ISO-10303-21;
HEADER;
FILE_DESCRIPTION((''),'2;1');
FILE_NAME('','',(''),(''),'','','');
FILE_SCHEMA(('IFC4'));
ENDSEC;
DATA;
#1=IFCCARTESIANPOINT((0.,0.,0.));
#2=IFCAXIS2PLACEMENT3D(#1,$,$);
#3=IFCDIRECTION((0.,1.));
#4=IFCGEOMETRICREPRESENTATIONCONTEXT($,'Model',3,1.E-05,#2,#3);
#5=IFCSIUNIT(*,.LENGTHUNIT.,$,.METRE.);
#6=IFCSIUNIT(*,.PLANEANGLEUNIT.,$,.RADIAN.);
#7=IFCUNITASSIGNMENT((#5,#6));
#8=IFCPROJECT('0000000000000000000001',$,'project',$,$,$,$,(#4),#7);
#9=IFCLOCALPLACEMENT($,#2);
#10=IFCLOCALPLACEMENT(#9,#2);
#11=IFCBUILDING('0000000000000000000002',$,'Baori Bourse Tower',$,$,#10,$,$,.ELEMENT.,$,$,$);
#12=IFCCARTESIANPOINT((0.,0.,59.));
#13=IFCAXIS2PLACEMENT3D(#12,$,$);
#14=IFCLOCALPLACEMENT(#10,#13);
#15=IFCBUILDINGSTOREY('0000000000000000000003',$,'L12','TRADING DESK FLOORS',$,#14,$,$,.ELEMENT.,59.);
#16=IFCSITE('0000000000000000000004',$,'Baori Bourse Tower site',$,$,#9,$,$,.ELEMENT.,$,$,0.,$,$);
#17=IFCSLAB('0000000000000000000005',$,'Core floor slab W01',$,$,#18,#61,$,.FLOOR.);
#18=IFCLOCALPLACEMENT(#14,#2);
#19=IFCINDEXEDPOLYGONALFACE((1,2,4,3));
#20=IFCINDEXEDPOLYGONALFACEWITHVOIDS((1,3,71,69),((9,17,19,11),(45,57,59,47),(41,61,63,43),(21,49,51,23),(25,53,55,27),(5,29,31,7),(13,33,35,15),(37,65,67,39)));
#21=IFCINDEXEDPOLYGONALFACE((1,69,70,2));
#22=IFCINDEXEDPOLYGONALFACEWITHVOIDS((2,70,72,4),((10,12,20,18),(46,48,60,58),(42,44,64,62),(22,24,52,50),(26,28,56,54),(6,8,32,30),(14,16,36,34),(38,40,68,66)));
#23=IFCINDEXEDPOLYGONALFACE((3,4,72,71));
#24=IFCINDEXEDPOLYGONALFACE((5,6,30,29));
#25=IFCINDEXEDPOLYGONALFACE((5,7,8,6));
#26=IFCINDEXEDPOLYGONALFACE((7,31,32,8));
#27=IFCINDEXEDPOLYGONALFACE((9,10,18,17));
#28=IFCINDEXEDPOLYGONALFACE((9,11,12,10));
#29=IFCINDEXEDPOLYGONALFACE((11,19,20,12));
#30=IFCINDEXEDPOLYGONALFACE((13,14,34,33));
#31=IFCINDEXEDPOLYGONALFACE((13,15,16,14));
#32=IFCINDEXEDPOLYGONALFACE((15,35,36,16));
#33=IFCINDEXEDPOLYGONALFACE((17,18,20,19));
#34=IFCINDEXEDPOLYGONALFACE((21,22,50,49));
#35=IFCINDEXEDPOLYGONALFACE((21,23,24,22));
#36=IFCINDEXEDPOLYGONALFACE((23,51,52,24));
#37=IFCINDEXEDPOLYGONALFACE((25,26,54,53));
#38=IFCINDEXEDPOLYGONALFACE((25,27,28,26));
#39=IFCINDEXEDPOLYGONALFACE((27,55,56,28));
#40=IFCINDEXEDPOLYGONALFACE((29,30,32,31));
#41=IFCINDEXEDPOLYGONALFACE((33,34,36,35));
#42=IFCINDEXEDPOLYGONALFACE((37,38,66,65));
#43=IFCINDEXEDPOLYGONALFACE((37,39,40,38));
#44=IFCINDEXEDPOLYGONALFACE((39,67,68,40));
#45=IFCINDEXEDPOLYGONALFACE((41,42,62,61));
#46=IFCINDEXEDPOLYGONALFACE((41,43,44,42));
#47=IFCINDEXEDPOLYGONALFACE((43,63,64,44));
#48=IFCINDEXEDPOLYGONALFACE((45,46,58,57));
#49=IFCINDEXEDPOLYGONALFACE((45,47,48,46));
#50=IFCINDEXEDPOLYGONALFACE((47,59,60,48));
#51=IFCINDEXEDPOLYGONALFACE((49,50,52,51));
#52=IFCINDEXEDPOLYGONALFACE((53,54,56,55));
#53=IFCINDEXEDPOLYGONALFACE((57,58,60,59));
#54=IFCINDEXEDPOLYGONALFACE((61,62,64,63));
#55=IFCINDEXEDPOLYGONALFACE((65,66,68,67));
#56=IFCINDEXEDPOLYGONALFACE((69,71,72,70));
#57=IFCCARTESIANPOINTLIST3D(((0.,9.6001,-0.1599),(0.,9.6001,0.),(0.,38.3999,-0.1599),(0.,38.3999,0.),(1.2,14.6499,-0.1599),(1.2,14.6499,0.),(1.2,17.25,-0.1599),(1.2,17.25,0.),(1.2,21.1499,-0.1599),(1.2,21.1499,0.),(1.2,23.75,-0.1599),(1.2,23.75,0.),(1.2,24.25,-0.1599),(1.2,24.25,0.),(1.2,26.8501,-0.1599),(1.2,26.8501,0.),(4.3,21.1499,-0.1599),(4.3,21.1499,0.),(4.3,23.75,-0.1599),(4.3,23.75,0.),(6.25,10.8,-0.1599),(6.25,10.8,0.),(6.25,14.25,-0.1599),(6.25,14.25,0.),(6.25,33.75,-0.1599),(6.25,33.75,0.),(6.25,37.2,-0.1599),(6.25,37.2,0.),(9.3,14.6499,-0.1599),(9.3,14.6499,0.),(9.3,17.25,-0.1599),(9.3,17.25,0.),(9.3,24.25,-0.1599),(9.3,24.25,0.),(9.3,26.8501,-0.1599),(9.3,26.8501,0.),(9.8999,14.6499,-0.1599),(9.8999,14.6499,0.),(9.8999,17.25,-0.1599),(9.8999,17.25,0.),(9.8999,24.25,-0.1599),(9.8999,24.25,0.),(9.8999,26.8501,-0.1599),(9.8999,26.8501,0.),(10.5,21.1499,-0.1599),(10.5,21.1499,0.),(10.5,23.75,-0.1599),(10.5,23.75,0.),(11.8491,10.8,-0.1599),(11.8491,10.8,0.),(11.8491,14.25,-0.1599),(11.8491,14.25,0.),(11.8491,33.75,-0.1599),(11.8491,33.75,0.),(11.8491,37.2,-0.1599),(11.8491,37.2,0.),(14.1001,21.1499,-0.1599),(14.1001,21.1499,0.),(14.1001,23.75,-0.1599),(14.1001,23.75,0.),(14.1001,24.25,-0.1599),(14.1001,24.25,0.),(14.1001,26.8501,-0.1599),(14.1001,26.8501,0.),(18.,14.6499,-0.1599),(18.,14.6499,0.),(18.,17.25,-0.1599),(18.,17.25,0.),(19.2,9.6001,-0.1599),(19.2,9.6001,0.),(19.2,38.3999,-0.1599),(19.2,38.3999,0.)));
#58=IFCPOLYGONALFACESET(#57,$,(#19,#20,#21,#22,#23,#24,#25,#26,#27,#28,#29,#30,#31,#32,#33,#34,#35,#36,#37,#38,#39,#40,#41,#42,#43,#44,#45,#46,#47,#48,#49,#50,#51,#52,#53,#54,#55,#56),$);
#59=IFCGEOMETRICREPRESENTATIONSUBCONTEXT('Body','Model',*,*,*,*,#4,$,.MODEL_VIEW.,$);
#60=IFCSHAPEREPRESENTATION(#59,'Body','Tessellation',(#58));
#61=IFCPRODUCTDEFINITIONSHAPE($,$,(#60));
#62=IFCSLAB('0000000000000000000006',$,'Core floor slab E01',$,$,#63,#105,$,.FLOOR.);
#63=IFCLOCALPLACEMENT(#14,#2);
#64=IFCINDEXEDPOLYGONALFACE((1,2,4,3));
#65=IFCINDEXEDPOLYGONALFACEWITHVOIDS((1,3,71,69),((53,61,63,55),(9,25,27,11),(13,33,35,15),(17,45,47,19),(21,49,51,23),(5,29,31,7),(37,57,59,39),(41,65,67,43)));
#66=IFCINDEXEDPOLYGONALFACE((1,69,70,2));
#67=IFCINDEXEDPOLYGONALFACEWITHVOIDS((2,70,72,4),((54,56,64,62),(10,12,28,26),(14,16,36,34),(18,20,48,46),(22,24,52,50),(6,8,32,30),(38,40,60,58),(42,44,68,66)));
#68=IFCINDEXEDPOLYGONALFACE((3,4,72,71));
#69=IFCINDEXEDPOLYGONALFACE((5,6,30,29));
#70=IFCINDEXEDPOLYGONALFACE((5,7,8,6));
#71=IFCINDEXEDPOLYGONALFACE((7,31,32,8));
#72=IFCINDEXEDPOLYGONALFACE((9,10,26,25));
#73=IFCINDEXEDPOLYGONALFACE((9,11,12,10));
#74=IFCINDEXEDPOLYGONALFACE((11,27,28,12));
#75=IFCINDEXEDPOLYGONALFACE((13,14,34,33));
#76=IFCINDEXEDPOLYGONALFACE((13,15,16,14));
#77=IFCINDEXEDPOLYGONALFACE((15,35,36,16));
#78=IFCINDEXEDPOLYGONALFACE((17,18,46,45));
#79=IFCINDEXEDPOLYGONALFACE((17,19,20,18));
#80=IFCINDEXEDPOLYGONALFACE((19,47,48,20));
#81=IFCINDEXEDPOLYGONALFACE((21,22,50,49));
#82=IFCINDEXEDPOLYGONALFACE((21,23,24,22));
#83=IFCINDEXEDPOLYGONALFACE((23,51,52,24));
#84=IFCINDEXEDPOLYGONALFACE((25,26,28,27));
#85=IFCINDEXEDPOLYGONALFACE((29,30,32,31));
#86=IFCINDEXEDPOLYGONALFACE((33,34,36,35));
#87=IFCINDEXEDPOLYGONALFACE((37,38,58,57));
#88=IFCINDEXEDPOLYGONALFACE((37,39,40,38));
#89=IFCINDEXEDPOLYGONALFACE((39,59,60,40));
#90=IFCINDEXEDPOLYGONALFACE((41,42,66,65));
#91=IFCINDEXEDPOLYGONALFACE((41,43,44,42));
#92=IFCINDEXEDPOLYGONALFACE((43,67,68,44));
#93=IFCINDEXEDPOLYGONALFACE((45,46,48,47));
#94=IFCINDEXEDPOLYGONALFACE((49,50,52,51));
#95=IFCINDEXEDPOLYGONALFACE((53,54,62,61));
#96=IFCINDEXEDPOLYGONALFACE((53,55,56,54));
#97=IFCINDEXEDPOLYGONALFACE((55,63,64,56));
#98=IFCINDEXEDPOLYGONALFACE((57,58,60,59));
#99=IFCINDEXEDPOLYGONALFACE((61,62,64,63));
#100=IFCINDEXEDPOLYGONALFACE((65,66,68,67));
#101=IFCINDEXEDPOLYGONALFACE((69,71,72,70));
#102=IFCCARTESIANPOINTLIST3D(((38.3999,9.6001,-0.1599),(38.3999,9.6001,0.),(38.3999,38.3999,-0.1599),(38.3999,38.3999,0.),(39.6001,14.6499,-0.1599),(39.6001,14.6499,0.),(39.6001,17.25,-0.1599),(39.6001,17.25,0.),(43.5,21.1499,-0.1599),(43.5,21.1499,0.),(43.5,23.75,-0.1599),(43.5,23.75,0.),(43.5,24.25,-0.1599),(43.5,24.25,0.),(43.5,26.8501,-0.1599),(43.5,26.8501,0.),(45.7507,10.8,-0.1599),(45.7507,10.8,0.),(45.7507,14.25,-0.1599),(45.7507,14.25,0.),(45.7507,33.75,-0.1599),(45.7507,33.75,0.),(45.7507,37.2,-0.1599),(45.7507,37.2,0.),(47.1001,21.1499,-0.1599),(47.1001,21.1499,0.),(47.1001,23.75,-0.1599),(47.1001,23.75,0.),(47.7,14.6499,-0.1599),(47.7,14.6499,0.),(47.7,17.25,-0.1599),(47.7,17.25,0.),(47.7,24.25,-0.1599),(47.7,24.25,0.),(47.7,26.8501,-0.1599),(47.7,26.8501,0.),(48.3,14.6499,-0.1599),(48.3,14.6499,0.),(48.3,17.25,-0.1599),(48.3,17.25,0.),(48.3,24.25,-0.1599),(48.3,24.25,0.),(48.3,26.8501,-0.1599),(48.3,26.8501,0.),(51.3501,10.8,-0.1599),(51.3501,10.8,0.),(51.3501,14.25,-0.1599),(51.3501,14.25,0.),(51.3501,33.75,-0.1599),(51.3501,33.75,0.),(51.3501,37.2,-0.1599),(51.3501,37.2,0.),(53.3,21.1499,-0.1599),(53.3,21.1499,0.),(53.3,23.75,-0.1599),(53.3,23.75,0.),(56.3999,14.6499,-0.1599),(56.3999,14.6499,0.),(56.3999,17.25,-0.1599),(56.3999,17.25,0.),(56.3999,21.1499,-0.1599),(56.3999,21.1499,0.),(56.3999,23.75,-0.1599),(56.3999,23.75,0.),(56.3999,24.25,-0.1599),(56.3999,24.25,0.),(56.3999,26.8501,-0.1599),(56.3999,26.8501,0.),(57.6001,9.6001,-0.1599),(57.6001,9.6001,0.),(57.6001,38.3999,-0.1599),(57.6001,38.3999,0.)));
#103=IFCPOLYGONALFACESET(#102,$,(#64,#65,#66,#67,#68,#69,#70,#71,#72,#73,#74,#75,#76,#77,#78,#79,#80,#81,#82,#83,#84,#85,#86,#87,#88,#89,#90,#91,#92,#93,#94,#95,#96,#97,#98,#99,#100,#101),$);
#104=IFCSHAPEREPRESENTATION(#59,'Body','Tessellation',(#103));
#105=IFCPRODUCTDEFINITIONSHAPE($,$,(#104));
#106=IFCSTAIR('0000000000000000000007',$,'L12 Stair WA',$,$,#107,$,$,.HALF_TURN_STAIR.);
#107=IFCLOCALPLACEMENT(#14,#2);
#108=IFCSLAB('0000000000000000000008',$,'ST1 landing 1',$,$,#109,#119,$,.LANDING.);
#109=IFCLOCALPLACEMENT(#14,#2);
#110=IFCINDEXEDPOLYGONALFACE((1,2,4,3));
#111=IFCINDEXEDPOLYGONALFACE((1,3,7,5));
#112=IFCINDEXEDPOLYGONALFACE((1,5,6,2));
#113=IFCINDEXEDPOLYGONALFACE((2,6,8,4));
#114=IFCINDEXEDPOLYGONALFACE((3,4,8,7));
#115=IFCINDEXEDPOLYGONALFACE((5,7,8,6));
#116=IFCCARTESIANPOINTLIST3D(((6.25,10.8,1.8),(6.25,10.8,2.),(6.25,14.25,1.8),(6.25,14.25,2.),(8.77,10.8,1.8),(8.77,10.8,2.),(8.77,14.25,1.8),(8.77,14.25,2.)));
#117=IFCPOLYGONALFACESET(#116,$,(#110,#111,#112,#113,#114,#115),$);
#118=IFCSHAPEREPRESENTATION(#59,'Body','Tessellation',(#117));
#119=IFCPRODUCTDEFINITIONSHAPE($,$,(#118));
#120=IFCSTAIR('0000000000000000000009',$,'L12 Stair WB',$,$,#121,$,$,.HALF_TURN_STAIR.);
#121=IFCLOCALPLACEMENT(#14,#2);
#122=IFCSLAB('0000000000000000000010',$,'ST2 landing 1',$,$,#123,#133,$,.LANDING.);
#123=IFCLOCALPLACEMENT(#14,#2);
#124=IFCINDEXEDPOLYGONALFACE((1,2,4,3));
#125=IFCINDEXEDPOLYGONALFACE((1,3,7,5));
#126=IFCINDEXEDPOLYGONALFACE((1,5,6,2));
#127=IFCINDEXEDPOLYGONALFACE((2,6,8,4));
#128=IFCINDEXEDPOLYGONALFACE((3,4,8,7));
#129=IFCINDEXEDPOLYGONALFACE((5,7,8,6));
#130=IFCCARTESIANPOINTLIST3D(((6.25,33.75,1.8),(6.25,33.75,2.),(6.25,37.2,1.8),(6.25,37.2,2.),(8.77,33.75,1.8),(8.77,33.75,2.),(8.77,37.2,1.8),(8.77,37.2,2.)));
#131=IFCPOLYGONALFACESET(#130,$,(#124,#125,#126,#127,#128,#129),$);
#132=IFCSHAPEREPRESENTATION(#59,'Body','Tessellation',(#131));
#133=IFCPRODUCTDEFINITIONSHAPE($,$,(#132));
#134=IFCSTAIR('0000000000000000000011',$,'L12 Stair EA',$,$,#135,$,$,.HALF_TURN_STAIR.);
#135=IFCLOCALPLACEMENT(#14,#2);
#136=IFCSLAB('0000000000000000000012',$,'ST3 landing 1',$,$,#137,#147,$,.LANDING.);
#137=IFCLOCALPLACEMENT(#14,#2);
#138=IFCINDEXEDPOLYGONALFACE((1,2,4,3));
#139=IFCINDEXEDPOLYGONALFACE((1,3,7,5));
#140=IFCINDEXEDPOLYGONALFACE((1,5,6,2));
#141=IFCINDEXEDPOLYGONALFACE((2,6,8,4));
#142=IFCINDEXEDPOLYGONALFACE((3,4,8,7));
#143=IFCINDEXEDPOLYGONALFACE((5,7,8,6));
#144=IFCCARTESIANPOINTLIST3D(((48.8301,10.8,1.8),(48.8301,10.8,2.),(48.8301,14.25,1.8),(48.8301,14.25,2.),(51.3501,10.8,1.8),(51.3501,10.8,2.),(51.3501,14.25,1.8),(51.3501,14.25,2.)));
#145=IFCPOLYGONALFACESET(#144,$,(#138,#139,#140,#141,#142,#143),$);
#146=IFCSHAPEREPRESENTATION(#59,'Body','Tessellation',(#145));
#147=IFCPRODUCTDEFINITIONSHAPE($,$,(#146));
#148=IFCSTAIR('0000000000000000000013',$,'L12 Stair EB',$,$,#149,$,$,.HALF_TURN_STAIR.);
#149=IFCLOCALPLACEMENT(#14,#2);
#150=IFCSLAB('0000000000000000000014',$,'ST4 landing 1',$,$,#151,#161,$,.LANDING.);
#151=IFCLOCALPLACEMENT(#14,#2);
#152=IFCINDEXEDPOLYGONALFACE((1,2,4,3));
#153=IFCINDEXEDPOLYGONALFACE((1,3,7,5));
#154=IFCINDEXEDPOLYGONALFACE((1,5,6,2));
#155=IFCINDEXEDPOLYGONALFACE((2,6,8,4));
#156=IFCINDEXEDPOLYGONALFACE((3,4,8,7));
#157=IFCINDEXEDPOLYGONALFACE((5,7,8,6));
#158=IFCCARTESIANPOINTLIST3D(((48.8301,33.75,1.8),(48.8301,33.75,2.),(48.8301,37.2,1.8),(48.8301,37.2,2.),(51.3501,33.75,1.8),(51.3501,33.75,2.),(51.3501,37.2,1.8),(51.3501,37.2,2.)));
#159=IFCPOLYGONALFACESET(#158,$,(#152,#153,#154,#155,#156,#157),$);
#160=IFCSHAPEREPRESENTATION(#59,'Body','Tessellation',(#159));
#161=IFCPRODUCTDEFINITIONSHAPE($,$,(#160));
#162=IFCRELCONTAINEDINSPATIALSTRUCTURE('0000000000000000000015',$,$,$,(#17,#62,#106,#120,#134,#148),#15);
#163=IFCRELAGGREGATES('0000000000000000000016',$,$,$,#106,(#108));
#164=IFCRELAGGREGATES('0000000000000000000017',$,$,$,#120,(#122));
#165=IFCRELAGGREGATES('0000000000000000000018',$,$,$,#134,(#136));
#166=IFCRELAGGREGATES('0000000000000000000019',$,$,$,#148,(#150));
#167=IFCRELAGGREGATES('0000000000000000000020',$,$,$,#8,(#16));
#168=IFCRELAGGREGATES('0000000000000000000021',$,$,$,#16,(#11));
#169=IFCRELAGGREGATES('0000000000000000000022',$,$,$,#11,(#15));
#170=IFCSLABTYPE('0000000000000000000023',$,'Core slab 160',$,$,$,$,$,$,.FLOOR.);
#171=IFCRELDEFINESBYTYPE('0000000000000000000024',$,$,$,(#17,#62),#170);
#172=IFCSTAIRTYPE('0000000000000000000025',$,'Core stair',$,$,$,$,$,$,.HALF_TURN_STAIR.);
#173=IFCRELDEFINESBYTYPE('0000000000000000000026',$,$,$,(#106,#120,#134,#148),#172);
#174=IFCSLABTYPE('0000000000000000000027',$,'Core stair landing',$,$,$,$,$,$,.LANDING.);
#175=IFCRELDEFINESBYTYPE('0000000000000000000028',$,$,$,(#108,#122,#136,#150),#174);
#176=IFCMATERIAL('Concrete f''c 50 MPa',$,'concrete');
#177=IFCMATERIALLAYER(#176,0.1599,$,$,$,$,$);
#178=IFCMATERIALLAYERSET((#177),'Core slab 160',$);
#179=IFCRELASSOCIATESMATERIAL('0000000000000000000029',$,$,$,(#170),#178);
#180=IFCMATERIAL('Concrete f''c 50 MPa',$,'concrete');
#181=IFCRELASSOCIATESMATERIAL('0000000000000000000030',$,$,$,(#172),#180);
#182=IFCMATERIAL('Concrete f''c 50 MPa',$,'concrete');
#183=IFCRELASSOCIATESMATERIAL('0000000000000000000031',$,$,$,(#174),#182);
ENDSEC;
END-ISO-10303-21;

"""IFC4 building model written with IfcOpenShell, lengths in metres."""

from ifc_helpers import new_model, si_unit, direction, frame, origin, place, context, subcontext, project, spatial, polyline, outline, extrude, material, layer, layer_set, type_object, element, aggregate, save


model = new_model("IFC4")

# Units and contexts
model_context = context("Model", 3, precision=1e-05, world=origin(), true_north=direction((0.0, 1.0)))
body_context = subcontext(model_context, "Body", "Model", "MODEL_VIEW")
ifc_project = project(units=[si_unit("LENGTHUNIT", "METRE"), si_unit("PLANEANGLEUNIT", "RADIAN")], contexts=[model_context])

# Site, building, storey
site_placement = place(None, origin())
site = spatial("IfcSite", under=ifc_project, at=site_placement, Name="Baori Bourse Tower site", CompositionType="ELEMENT", RefElevation=0.0)
building_placement = place(site_placement, origin())
building = spatial("IfcBuilding", under=site, at=building_placement, Name="Baori Bourse Tower", CompositionType="ELEMENT")
storey_placement = place(building_placement, frame((0.0, 0.0, 59.0)))
storey = spatial("IfcBuildingStorey", under=building, at=storey_placement, Name="L12", Description="TRADING DESK FLOORS", CompositionType="ELEMENT", Elevation=59.0)

# Slabs
ifc_material_1 = material(Name="Concrete f'c 50 MPa", Category="concrete")
ifc_layer_1 = layer(ifc_material_1, 0.1599)
ifc_layer_set_1 = layer_set([ifc_layer_1], Name="Core slab 160")
slab_type_1 = type_object("IfcSlabType", Name="Core slab 160", PredefinedType="FLOOR", material=ifc_layer_set_1)
slab_1_placement = place(storey_placement, frame((0.0, 0.0, -0.1599)))
element("IfcSlab", 1, at=slab_1_placement, inside=storey, type_object=slab_type_1, Name="Core floor slab W01", PredefinedType="FLOOR", context=body_context, shape_type="SweptSolid", body=[
    extrude(outline(polyline([(19.2, 9.6001), (19.2, 38.3999), (0.0, 38.3999), (0.0, 9.6001), (19.2, 9.6001)]), holes=[polyline([(9.8999, 14.6499), (9.8999, 17.25), (18.0, 17.25), (18.0, 14.6499), (9.8999, 14.6499)]), polyline([(10.5, 21.1499), (10.5, 23.75), (14.1001, 23.75), (14.1001, 21.1499), (10.5, 21.1499)]), polyline([(14.1001, 24.25), (9.8999, 24.25), (9.8999, 26.8501), (14.1001, 26.8501), (14.1001, 24.25)]), polyline([(6.25, 14.25), (11.8491, 14.25), (11.8491, 10.8), (6.25, 10.8), (6.25, 14.25)]), polyline([(11.8491, 37.2), (11.8491, 33.75), (6.25, 33.75), (6.25, 37.2), (11.8491, 37.2)]), polyline([(1.2, 26.8501), (9.3, 26.8501), (9.3, 24.25), (1.2, 24.25), (1.2, 26.8501)]), polyline([(9.3, 14.6499), (1.2, 14.6499), (1.2, 17.25), (9.3, 17.25), (9.3, 14.6499)]), polyline([(4.3, 23.75), (4.3, 21.1499), (1.2, 21.1499), (1.2, 23.75), (4.3, 23.75)])]), origin(), (0.0, 0.0, 1.0), 0.1599),
])
slab_2_placement = place(storey_placement, frame((0.0, 0.0, -0.1599)))
element("IfcSlab", 2, at=slab_2_placement, inside=storey, type_object=slab_type_1, Name="Core floor slab E01", PredefinedType="FLOOR", context=body_context, shape_type="SweptSolid", body=[
    extrude(outline(polyline([(38.3999, 9.6001), (57.6001, 9.6001), (57.6001, 38.3999), (38.3999, 38.3999), (38.3999, 9.6001)]), holes=[polyline([(48.3, 14.6499), (48.3, 17.25), (56.3999, 17.25), (56.3999, 14.6499), (48.3, 14.6499)]), polyline([(56.3999, 21.1499), (53.3, 21.1499), (53.3, 23.75), (56.3999, 23.75), (56.3999, 21.1499)]), polyline([(56.3999, 26.8501), (56.3999, 24.25), (48.3, 24.25), (48.3, 26.8501), (56.3999, 26.8501)]), polyline([(45.7507, 14.25), (51.3501, 14.25), (51.3501, 10.8), (45.7507, 10.8), (45.7507, 14.25)]), polyline([(51.3501, 37.2), (51.3501, 33.75), (45.7507, 33.75), (45.7507, 37.2), (51.3501, 37.2)]), polyline([(39.6001, 17.25), (47.7, 17.25), (47.7, 14.6499), (39.6001, 14.6499), (39.6001, 17.25)]), polyline([(43.5, 24.25), (43.5, 26.8501), (47.7, 26.8501), (47.7, 24.25), (43.5, 24.25)]), polyline([(43.5, 23.75), (47.1001, 23.75), (47.1001, 21.1499), (43.5, 21.1499), (43.5, 23.75)])]), origin(), (0.0, 0.0, 1.0), 0.1599),
])

# Stairs, slabs
ifc_material_2 = material(Name="Concrete f'c 50 MPa", Category="concrete")
stair_type = type_object("IfcStairType", Name="Core stair", PredefinedType="HALF_TURN_STAIR", material=ifc_material_2)
stair_1_placement = place(storey_placement, origin())
stair_1 = element("IfcStair", 3, at=stair_1_placement, inside=storey, type_object=stair_type, Name="L12 Stair WA", PredefinedType="HALF_TURN_STAIR")
ifc_material_3 = material(Name="Concrete f'c 50 MPa", Category="concrete")
slab_type_2 = type_object("IfcSlabType", Name="Core stair landing", PredefinedType="LANDING", material=ifc_material_3)
slab_3_placement = place(storey_placement, frame((0.0, 0.0, 1.8)))
slab_3 = element("IfcSlab", 4, at=slab_3_placement, type_object=slab_type_2, Name="ST1 landing 1", PredefinedType="LANDING", context=body_context, shape_type="SweptSolid", body=[
    extrude(outline(polyline([(8.77, 14.25), (6.25, 14.25), (6.25, 10.8), (8.77, 10.8), (8.77, 14.25)])), origin(), (0.0, 0.0, 1.0), 0.2),
])
aggregate(stair_1, [slab_3])
stair_2_placement = place(storey_placement, origin())
stair_2 = element("IfcStair", 5, at=stair_2_placement, inside=storey, type_object=stair_type, Name="L12 Stair WB", PredefinedType="HALF_TURN_STAIR")
slab_4_placement = place(storey_placement, frame((0.0, 0.0, 1.8)))
slab_4 = element("IfcSlab", 6, at=slab_4_placement, type_object=slab_type_2, Name="ST2 landing 1", PredefinedType="LANDING", context=body_context, shape_type="SweptSolid", body=[
    extrude(outline(polyline([(8.77, 37.2), (6.25, 37.2), (6.25, 33.75), (8.77, 33.75), (8.77, 37.2)])), origin(), (0.0, 0.0, 1.0), 0.2),
])
aggregate(stair_2, [slab_4])
stair_3_placement = place(storey_placement, origin())
stair_3 = element("IfcStair", 7, at=stair_3_placement, inside=storey, type_object=stair_type, Name="L12 Stair EA", PredefinedType="HALF_TURN_STAIR")
slab_5_placement = place(storey_placement, frame((0.0, 0.0, 1.8)))
slab_5 = element("IfcSlab", 8, at=slab_5_placement, type_object=slab_type_2, Name="ST3 landing 1", PredefinedType="LANDING", context=body_context, shape_type="SweptSolid", body=[
    extrude(outline(polyline([(48.8301, 10.8), (51.3501, 10.8), (51.3501, 14.25), (48.8301, 14.25), (48.8301, 10.8)])), origin(), (0.0, 0.0, 1.0), 0.2),
])
aggregate(stair_3, [slab_5])
stair_4_placement = place(storey_placement, origin())
stair_4 = element("IfcStair", 9, at=stair_4_placement, inside=storey, type_object=stair_type, Name="L12 Stair EB", PredefinedType="HALF_TURN_STAIR")
slab_6_placement = place(storey_placement, frame((0.0, 0.0, 1.8)))
slab_6 = element("IfcSlab", 10, at=slab_6_placement, type_object=slab_type_2, Name="ST4 landing 1", PredefinedType="LANDING", context=body_context, shape_type="SweptSolid", body=[
    extrude(outline(polyline([(48.8301, 33.75), (51.3501, 33.75), (51.3501, 37.2), (48.8301, 37.2), (48.8301, 33.75)])), origin(), (0.0, 0.0, 1.0), 0.2),
])
aggregate(stair_4, [slab_6])

save(model, "model.ifc")
